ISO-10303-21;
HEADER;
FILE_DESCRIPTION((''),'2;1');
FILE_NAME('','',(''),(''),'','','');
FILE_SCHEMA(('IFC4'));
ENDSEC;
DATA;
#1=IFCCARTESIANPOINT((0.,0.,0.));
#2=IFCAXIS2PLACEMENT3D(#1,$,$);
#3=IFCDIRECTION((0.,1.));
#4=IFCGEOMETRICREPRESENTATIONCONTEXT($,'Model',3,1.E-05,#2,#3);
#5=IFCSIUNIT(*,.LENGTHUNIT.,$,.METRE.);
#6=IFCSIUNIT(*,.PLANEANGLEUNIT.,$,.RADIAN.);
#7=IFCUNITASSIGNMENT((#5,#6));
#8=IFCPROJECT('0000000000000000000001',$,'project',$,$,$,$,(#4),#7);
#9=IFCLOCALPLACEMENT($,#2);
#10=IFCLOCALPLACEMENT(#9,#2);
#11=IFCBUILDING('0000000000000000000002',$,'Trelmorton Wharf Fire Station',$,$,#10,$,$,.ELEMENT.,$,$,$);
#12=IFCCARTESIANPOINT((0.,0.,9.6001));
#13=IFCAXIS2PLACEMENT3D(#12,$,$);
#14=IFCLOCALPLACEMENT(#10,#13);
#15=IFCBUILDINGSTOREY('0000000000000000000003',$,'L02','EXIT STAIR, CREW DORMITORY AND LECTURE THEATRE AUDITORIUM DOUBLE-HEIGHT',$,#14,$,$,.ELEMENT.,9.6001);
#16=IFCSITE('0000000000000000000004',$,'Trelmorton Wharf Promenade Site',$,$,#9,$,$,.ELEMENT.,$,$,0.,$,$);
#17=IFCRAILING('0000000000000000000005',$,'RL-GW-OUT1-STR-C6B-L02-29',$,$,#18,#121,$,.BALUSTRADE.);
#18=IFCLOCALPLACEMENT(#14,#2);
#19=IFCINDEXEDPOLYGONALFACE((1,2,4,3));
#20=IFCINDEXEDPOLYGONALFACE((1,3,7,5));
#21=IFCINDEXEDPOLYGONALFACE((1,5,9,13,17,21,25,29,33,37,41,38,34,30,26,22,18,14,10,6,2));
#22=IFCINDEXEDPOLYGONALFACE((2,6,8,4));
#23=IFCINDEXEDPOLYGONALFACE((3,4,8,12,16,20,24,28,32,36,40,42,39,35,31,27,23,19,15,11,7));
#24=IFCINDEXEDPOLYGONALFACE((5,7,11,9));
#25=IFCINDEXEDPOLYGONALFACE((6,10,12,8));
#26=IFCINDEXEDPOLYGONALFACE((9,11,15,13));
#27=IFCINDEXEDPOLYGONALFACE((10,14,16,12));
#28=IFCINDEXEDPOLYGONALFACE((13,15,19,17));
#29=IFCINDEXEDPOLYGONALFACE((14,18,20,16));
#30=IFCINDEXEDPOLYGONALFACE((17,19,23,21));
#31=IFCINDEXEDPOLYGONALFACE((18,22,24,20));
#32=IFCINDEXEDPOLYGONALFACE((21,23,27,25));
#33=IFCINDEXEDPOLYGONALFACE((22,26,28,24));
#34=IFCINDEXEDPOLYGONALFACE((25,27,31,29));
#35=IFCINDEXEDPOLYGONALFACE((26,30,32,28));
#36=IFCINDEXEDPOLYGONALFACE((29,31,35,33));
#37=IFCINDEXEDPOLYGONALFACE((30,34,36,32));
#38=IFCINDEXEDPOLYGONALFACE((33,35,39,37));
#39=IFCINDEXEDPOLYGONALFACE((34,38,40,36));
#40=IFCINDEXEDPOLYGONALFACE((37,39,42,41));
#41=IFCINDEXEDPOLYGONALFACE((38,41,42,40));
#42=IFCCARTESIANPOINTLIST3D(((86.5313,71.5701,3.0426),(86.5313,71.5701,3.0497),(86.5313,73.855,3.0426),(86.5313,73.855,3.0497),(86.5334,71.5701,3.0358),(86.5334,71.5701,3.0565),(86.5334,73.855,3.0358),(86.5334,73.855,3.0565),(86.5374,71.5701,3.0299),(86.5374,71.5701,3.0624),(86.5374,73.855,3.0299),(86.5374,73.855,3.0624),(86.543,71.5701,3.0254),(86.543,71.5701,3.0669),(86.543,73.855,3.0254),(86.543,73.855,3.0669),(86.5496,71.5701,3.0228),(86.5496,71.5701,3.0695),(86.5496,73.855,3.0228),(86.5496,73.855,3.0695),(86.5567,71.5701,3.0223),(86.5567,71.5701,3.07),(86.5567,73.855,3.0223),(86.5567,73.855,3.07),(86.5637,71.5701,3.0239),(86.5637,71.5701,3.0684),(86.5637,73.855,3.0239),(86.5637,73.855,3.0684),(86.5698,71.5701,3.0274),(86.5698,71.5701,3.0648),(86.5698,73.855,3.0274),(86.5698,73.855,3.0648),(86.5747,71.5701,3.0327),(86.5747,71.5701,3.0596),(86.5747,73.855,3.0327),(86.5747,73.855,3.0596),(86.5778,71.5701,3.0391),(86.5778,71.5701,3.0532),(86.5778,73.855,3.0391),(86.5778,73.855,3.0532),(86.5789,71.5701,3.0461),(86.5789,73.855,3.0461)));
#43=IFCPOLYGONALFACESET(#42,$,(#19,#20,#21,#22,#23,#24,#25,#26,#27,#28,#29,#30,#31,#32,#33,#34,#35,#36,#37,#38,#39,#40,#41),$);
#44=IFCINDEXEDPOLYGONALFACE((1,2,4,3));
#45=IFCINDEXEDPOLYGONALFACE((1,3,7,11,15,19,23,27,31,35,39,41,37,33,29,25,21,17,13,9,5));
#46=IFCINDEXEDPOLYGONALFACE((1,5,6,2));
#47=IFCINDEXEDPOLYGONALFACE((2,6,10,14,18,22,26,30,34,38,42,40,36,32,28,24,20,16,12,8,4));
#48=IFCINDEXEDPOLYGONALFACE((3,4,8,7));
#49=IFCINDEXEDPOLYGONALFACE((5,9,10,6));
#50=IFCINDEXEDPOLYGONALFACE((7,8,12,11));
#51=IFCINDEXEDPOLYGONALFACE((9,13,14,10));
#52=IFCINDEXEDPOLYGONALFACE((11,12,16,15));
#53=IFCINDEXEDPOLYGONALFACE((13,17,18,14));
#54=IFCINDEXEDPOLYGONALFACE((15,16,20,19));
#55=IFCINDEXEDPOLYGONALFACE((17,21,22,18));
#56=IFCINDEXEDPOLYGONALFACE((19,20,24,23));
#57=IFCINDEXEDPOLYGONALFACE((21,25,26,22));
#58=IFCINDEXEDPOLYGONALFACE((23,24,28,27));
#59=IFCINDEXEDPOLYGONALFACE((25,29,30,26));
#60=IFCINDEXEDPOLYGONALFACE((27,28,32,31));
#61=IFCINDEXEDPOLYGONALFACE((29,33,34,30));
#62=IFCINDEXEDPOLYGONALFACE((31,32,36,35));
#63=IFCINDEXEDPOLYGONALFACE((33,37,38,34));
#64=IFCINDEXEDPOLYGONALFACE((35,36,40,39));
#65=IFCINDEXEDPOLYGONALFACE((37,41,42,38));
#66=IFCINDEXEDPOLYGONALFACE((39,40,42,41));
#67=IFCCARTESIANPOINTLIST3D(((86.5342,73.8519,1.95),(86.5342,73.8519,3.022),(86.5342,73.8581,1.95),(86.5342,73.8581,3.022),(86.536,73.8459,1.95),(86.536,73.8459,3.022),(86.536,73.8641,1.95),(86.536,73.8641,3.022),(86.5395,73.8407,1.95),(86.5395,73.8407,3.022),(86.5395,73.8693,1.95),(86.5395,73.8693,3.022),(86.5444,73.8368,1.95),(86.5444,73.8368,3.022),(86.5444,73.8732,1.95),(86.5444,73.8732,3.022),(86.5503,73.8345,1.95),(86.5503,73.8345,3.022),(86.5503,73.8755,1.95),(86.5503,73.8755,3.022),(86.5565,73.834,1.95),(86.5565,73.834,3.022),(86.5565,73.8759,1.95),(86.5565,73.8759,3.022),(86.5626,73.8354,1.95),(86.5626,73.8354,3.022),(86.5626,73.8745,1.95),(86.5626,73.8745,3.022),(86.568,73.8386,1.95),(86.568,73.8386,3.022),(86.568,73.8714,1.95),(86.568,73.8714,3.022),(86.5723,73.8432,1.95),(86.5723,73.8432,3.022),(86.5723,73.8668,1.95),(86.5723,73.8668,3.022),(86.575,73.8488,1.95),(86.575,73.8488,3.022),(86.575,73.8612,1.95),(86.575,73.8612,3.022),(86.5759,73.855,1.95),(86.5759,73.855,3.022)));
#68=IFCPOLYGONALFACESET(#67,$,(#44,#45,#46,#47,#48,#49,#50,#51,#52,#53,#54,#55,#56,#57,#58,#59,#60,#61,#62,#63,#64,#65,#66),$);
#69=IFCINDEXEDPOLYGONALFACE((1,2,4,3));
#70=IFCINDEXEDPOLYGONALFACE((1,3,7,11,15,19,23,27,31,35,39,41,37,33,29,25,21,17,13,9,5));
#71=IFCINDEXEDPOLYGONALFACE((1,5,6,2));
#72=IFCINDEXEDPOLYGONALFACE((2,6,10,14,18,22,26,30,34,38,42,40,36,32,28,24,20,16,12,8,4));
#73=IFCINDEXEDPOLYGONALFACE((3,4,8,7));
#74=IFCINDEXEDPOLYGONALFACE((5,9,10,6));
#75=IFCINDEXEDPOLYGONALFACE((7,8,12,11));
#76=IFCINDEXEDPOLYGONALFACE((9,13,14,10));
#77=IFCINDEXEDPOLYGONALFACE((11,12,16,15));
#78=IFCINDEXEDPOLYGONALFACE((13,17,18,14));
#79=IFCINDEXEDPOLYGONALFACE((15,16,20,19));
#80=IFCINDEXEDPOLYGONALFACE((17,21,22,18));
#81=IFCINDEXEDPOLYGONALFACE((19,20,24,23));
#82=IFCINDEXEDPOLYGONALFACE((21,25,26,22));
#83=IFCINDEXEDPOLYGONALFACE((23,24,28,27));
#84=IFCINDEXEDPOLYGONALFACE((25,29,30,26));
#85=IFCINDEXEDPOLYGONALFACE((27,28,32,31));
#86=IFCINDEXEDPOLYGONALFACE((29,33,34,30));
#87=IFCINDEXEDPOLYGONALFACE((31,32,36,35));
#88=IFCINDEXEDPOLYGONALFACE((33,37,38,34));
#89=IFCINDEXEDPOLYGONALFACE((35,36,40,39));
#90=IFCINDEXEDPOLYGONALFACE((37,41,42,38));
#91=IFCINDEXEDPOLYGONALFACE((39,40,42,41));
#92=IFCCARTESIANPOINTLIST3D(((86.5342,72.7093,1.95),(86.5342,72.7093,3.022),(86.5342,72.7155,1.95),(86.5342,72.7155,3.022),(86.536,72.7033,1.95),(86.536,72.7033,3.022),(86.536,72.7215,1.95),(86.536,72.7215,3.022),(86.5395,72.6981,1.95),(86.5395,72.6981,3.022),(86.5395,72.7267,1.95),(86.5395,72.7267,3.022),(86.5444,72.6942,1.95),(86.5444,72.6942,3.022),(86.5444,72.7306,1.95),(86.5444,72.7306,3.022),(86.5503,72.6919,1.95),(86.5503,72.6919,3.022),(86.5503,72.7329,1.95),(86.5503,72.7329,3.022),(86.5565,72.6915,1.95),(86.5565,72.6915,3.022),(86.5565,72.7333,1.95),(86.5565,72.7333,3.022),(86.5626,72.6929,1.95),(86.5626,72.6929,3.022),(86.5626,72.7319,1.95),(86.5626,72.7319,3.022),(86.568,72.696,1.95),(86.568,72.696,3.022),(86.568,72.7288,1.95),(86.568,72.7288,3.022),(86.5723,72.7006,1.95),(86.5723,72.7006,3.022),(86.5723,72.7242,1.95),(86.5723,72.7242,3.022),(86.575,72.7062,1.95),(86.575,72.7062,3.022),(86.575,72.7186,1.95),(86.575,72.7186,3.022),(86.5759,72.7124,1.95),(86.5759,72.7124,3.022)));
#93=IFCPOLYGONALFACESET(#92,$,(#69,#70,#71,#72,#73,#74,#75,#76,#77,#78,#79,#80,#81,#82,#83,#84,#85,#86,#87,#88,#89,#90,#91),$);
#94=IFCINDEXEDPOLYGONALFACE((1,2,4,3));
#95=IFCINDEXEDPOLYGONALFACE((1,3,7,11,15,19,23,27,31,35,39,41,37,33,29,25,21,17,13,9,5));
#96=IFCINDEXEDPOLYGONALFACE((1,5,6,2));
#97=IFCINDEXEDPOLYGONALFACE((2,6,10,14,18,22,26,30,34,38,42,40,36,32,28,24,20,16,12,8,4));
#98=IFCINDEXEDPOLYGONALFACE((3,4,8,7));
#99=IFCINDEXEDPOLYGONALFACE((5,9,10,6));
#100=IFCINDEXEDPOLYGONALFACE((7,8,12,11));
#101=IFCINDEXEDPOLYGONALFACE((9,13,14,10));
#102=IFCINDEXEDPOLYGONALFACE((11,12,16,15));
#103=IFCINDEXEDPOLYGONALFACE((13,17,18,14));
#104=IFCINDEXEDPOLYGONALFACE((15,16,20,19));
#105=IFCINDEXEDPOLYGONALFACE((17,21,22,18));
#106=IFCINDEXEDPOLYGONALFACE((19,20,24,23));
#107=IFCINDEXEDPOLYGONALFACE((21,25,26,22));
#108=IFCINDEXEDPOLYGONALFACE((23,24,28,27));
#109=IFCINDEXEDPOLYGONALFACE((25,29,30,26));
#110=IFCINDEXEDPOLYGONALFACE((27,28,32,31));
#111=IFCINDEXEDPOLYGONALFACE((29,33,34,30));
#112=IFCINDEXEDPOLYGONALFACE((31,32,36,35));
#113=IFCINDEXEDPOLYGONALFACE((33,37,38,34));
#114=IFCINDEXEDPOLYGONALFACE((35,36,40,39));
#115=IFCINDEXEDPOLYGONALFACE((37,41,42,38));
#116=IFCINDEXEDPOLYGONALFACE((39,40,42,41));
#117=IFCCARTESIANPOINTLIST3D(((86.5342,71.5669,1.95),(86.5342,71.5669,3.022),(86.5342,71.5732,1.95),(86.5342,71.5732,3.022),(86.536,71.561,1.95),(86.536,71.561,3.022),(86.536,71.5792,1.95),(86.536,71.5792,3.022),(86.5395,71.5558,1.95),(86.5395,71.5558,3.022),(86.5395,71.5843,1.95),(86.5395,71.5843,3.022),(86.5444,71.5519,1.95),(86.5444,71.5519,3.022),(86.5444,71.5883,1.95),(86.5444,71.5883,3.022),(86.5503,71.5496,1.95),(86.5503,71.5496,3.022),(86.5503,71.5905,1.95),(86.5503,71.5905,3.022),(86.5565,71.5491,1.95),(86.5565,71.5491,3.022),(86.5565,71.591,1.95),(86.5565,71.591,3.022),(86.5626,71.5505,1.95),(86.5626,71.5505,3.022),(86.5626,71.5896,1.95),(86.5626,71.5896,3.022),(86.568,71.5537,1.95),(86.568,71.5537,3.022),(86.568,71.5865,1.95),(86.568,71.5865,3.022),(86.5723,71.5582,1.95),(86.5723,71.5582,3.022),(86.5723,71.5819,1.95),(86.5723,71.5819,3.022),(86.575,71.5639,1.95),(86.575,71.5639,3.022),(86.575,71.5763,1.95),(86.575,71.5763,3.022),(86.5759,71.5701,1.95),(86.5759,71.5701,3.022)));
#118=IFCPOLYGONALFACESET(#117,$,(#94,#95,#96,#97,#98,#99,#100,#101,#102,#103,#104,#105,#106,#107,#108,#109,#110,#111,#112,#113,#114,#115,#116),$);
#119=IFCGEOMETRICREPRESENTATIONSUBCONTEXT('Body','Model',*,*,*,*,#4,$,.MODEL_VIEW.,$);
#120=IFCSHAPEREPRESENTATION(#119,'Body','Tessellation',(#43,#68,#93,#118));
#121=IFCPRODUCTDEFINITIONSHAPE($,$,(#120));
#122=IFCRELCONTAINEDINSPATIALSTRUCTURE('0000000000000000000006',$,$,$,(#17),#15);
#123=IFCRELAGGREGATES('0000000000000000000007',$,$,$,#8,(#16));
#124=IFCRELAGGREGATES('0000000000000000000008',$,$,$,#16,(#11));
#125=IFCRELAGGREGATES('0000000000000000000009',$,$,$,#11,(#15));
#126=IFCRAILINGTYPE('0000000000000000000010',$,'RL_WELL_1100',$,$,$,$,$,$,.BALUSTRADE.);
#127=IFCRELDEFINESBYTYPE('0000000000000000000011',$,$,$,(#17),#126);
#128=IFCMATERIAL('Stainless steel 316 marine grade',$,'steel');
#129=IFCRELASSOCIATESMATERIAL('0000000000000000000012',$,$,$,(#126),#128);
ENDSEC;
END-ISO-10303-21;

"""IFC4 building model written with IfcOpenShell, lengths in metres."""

from ifc_helpers import new_model, si_unit, direction, frame, origin, origin_2d, place, context, subcontext, project, spatial, circle, extrude, material, type_object, element, save


model = new_model("IFC4")

# Units and contexts
model_context = context("Model", 3, precision=1e-05, world=origin(), true_north=direction((0.0, 1.0)))
body_context = subcontext(model_context, "Body", "Model", "MODEL_VIEW")
ifc_project = project(units=[si_unit("LENGTHUNIT", "METRE"), si_unit("PLANEANGLEUNIT", "RADIAN")], contexts=[model_context])

# Site, building, storey
site_placement = place(None, origin())
site = spatial("IfcSite", under=ifc_project, at=site_placement, Name="Trelmorton Wharf Promenade Site", CompositionType="ELEMENT", RefElevation=0.0)
building_placement = place(site_placement, origin())
building = spatial("IfcBuilding", under=site, at=building_placement, Name="Trelmorton Wharf Fire Station", CompositionType="ELEMENT")
storey_placement = place(building_placement, frame((0.0, 0.0, 9.6001)))
storey = spatial("IfcBuildingStorey", under=building, at=storey_placement, Name="L02", Description="EXIT STAIR, CREW DORMITORY AND LECTURE THEATRE AUDITORIUM DOUBLE-HEIGHT", CompositionType="ELEMENT", Elevation=9.6001)

# Railing
ifc_material_1 = material(Name="Stainless steel 316 marine grade", Category="steel")
railing_type = type_object("IfcRailingType", Name="RL_WELL_1100", PredefinedType="BALUSTRADE", material=ifc_material_1)
railing_placement = place(storey_placement, frame((86.5549, 73.855, 1.95)))
element("IfcRailing", 1, at=railing_placement, inside=storey, type_object=railing_type, Name="RL-GW-OUT1-STR-C6B-L02-29", PredefinedType="BALUSTRADE", context=body_context, shape_type="SweptSolid", body=[
    extrude(circle(Radius=0.0239, at=origin_2d()), frame((0.0, 0.0, 1.0962), z_axis=(0.0, -1.0, 0.0), x_axis=(1.0, 0.0, 0.0)), (0.0, 0.0, 1.0), 2.2849),
    extrude(circle(Radius=0.021, at=origin_2d()), origin(), (0.0, 0.0, 1.0), 1.072),
    extrude(circle(Radius=0.021, at=origin_2d()), frame((0.0, -1.1426, 0.0)), (0.0, 0.0, 1.0), 1.072),
    extrude(circle(Radius=0.021, at=origin_2d()), frame((0.0, -2.2849, 0.0)), (0.0, 0.0, 1.0), 1.072),
])

save(model, "model.ifc")
